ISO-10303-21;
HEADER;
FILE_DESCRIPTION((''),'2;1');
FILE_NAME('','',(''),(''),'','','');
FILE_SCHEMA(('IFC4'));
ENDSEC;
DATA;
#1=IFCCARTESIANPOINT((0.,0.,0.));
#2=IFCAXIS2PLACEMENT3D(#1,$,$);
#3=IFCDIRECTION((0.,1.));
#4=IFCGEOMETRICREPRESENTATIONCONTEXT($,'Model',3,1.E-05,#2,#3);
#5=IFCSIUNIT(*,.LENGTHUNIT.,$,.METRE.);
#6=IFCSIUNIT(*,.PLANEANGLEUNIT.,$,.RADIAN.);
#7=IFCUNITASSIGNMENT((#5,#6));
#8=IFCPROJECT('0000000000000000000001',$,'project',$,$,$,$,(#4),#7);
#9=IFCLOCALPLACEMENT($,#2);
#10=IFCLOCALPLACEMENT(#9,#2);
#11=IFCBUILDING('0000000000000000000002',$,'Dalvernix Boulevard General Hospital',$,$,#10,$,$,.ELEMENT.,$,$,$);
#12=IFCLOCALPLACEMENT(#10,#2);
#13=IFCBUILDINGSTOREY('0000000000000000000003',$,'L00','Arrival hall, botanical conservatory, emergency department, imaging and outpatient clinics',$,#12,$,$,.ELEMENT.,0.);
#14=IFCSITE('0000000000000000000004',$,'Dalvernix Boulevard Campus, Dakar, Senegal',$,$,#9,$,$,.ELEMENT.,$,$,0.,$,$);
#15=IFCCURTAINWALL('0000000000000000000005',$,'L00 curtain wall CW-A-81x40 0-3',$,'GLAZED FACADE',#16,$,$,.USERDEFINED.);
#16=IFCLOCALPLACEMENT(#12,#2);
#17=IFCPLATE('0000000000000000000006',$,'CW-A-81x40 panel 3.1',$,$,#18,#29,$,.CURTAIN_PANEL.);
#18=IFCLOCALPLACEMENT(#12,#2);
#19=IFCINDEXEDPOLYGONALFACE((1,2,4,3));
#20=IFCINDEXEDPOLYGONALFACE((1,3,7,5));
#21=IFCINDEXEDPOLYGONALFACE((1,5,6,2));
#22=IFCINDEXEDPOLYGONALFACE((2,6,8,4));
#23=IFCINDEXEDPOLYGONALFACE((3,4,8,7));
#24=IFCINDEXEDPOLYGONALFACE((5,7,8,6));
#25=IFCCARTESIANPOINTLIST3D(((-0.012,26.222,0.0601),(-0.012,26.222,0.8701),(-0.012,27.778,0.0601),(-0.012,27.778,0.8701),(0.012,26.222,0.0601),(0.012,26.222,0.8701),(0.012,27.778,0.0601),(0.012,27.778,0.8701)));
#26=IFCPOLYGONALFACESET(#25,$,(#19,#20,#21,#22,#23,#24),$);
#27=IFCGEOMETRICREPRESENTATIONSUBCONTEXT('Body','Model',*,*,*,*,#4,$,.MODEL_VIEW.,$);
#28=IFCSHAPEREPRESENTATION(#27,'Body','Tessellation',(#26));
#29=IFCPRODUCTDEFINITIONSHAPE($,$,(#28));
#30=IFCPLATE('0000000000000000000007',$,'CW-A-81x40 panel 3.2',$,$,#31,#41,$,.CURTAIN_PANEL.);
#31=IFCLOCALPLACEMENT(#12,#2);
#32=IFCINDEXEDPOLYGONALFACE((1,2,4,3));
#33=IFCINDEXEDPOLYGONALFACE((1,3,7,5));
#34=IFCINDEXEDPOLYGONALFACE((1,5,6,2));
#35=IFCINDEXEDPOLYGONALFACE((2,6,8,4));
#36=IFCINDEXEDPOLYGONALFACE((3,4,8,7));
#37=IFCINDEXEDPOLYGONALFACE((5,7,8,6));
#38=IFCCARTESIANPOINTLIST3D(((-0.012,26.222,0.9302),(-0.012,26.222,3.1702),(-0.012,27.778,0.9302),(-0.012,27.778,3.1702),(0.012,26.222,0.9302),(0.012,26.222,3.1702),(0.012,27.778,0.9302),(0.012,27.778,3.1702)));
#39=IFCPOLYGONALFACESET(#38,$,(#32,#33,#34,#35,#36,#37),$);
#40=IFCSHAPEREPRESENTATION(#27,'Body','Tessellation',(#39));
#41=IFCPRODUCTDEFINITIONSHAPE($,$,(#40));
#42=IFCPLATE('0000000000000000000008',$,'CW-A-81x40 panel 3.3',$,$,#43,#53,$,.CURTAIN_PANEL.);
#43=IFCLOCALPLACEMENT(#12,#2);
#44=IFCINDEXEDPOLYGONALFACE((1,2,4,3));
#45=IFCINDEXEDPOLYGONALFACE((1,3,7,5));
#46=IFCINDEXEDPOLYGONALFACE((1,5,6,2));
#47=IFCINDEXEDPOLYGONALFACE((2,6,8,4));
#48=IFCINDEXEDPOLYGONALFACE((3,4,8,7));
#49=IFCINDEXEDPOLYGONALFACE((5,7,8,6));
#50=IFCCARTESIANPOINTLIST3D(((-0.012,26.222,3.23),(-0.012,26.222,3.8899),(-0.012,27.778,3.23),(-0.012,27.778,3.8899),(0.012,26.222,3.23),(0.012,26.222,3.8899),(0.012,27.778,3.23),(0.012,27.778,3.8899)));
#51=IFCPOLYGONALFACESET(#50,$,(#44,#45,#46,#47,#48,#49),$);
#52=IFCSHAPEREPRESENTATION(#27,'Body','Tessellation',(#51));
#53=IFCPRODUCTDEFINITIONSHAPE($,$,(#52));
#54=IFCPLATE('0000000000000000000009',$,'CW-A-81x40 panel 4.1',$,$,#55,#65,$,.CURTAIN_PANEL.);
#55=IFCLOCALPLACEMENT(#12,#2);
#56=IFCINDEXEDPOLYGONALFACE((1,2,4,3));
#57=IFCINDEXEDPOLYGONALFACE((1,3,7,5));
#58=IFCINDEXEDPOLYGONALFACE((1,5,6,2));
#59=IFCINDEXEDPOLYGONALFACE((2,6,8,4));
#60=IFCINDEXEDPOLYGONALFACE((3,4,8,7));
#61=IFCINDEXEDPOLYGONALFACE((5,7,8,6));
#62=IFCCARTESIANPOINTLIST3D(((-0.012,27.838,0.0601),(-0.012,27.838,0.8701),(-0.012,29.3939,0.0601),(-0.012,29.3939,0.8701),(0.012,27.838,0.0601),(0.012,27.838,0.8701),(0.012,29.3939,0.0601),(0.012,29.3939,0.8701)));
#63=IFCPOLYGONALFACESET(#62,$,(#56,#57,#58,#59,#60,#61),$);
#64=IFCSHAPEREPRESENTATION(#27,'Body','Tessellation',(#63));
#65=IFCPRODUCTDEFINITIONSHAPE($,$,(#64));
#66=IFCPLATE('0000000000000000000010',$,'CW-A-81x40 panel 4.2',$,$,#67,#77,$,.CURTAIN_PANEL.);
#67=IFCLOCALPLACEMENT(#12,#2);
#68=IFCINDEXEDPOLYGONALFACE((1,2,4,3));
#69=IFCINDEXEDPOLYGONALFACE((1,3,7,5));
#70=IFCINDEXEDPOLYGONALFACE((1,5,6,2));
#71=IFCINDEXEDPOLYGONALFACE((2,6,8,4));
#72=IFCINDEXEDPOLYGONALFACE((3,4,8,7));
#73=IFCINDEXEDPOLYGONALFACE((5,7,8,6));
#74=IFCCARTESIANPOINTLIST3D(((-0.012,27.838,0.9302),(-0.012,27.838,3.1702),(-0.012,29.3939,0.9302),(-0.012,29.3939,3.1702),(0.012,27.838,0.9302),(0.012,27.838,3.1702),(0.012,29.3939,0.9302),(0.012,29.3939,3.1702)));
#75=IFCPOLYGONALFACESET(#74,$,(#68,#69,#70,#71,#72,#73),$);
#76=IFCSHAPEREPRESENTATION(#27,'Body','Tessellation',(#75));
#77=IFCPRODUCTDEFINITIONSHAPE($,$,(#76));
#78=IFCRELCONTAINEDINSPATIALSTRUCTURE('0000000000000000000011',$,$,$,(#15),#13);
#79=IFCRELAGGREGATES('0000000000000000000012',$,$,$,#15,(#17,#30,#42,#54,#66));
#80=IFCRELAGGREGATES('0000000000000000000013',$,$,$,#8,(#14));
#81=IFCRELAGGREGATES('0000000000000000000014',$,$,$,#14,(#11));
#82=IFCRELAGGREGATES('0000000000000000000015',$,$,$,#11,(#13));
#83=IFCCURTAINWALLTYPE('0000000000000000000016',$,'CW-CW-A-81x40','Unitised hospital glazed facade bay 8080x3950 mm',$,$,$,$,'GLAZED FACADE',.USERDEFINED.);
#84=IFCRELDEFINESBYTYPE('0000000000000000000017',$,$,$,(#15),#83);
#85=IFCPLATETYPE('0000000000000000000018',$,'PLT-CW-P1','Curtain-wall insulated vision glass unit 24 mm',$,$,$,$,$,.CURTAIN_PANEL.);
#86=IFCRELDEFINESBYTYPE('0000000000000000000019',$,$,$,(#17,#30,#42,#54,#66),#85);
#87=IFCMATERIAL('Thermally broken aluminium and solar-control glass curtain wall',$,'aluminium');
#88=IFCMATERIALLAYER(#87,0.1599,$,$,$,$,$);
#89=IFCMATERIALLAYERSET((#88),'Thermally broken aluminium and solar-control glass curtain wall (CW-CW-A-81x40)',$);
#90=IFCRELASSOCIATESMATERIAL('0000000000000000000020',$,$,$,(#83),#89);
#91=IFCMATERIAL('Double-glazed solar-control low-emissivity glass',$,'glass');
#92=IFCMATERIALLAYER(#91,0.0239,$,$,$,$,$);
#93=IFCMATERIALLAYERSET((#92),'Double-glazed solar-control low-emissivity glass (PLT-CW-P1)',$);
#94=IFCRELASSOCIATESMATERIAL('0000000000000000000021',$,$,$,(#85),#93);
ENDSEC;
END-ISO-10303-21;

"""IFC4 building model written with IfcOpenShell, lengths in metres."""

from ifc_helpers import new_model, si_unit, direction, frame, origin, origin_2d, place, context, subcontext, project, spatial, rectangle, extrude, material, layer, layer_set, type_object, element, aggregate, save


model = new_model("IFC4")

# Units and contexts
model_context = context("Model", 3, precision=1e-05, world=origin(), true_north=direction((0.0, 1.0)))
body_context = subcontext(model_context, "Body", "Model", "MODEL_VIEW")
ifc_project = project(units=[si_unit("LENGTHUNIT", "METRE"), si_unit("PLANEANGLEUNIT", "RADIAN")], contexts=[model_context])

# Site, building, storey
site_placement = place(None, origin())
site = spatial("IfcSite", under=ifc_project, at=site_placement, Name="Dalvernix Boulevard Campus, Dakar, Senegal", CompositionType="ELEMENT", RefElevation=0.0)
building_placement = place(site_placement, origin())
building = spatial("IfcBuilding", under=site, at=building_placement, Name="Dalvernix Boulevard General Hospital", CompositionType="ELEMENT")
storey_placement = place(building_placement, origin())
storey = spatial("IfcBuildingStorey", under=building, at=storey_placement, Name="L00", Description="Arrival hall, botanical conservatory, emergency department, imaging and outpatient clinics", CompositionType="ELEMENT", Elevation=0.0)

# Curtain wall, plates
ifc_material_1 = material(Name="Thermally broken aluminium and solar-control glass curtain wall", Category="aluminium")
ifc_layer_1 = layer(ifc_material_1, 0.1599)
ifc_layer_set_1 = layer_set([ifc_layer_1], Name="Thermally broken aluminium and solar-control glass curtain wall (CW-CW-A-81x40)")
curtain_wall_type = type_object("IfcCurtainWallType", Name="CW-CW-A-81x40", Description="Unitised hospital glazed facade bay 8080x3950 mm", ElementType="GLAZED FACADE", PredefinedType="USERDEFINED", material=ifc_layer_set_1)
curtain_wall_placement = place(storey_placement, origin())
curtain_wall = element("IfcCurtainWall", 1, at=curtain_wall_placement, inside=storey, type_object=curtain_wall_type, Name="L00 curtain wall CW-A-81x40 0-3", ObjectType="GLAZED FACADE", PredefinedType="USERDEFINED")
ifc_material_2 = material(Name="Double-glazed solar-control low-emissivity glass", Category="glass")
ifc_layer_2 = layer(ifc_material_2, 0.0239)
ifc_layer_set_2 = layer_set([ifc_layer_2], Name="Double-glazed solar-control low-emissivity glass (PLT-CW-P1)")
plate_type = type_object("IfcPlateType", Name="PLT-CW-P1", Description="Curtain-wall insulated vision glass unit 24 mm", PredefinedType="CURTAIN_PANEL", material=ifc_layer_set_2)
plate_1_placement = place(storey_placement, frame((0.0, 27.0, 0.0601), z_axis=(0.0, 0.0, 1.0), x_axis=(0.0, 1.0, 0.0)))
plate_1 = element("IfcPlate", 2, at=plate_1_placement, type_object=plate_type, Name="CW-A-81x40 panel 3.1", PredefinedType="CURTAIN_PANEL", context=body_context, shape_type="SweptSolid", body=[
    extrude(rectangle(XDim=1.5559, YDim=0.0239, at=origin_2d()), origin(), (0.0, 0.0, 1.0), 0.8101),
])
plate_2_placement = place(storey_placement, frame((0.0, 27.0, 0.9302), z_axis=(0.0, 0.0, 1.0), x_axis=(0.0, 1.0, 0.0)))
plate_2 = element("IfcPlate", 3, at=plate_2_placement, type_object=plate_type, Name="CW-A-81x40 panel 3.2", PredefinedType="CURTAIN_PANEL", context=body_context, shape_type="SweptSolid", body=[
    extrude(rectangle(XDim=1.5559, YDim=0.0239, at=origin_2d()), origin(), (0.0, 0.0, 1.0), 2.24),
])
plate_3_placement = place(storey_placement, frame((0.0, 27.0, 3.23), z_axis=(0.0, 0.0, 1.0), x_axis=(0.0, 1.0, 0.0)))
plate_3 = element("IfcPlate", 4, at=plate_3_placement, type_object=plate_type, Name="CW-A-81x40 panel 3.3", PredefinedType="CURTAIN_PANEL", context=body_context, shape_type="SweptSolid", body=[
    extrude(rectangle(XDim=1.5559, YDim=0.0239, at=origin_2d()), origin(), (0.0, 0.0, 1.0), 0.6599),
])
plate_4_placement = place(storey_placement, frame((0.0, 28.616, 0.0601), z_axis=(0.0, 0.0, 1.0), x_axis=(0.0, 1.0, 0.0)))
plate_4 = element("IfcPlate", 5, at=plate_4_placement, type_object=plate_type, Name="CW-A-81x40 panel 4.1", PredefinedType="CURTAIN_PANEL", context=body_context, shape_type="SweptSolid", body=[
    extrude(rectangle(XDim=1.5559, YDim=0.0239, at=origin_2d()), origin(), (0.0, 0.0, 1.0), 0.8101),
])
plate_5_placement = place(storey_placement, frame((0.0, 28.616, 0.9302), z_axis=(0.0, 0.0, 1.0), x_axis=(0.0, 1.0, 0.0)))
plate_5 = element("IfcPlate", 6, at=plate_5_placement, type_object=plate_type, Name="CW-A-81x40 panel 4.2", PredefinedType="CURTAIN_PANEL", context=body_context, shape_type="SweptSolid", body=[
    extrude(rectangle(XDim=1.5559, YDim=0.0239, at=origin_2d()), origin(), (0.0, 0.0, 1.0), 2.24),
])
aggregate(curtain_wall, [plate_1, plate_2, plate_3, plate_4, plate_5])

save(model, "model.ifc")
